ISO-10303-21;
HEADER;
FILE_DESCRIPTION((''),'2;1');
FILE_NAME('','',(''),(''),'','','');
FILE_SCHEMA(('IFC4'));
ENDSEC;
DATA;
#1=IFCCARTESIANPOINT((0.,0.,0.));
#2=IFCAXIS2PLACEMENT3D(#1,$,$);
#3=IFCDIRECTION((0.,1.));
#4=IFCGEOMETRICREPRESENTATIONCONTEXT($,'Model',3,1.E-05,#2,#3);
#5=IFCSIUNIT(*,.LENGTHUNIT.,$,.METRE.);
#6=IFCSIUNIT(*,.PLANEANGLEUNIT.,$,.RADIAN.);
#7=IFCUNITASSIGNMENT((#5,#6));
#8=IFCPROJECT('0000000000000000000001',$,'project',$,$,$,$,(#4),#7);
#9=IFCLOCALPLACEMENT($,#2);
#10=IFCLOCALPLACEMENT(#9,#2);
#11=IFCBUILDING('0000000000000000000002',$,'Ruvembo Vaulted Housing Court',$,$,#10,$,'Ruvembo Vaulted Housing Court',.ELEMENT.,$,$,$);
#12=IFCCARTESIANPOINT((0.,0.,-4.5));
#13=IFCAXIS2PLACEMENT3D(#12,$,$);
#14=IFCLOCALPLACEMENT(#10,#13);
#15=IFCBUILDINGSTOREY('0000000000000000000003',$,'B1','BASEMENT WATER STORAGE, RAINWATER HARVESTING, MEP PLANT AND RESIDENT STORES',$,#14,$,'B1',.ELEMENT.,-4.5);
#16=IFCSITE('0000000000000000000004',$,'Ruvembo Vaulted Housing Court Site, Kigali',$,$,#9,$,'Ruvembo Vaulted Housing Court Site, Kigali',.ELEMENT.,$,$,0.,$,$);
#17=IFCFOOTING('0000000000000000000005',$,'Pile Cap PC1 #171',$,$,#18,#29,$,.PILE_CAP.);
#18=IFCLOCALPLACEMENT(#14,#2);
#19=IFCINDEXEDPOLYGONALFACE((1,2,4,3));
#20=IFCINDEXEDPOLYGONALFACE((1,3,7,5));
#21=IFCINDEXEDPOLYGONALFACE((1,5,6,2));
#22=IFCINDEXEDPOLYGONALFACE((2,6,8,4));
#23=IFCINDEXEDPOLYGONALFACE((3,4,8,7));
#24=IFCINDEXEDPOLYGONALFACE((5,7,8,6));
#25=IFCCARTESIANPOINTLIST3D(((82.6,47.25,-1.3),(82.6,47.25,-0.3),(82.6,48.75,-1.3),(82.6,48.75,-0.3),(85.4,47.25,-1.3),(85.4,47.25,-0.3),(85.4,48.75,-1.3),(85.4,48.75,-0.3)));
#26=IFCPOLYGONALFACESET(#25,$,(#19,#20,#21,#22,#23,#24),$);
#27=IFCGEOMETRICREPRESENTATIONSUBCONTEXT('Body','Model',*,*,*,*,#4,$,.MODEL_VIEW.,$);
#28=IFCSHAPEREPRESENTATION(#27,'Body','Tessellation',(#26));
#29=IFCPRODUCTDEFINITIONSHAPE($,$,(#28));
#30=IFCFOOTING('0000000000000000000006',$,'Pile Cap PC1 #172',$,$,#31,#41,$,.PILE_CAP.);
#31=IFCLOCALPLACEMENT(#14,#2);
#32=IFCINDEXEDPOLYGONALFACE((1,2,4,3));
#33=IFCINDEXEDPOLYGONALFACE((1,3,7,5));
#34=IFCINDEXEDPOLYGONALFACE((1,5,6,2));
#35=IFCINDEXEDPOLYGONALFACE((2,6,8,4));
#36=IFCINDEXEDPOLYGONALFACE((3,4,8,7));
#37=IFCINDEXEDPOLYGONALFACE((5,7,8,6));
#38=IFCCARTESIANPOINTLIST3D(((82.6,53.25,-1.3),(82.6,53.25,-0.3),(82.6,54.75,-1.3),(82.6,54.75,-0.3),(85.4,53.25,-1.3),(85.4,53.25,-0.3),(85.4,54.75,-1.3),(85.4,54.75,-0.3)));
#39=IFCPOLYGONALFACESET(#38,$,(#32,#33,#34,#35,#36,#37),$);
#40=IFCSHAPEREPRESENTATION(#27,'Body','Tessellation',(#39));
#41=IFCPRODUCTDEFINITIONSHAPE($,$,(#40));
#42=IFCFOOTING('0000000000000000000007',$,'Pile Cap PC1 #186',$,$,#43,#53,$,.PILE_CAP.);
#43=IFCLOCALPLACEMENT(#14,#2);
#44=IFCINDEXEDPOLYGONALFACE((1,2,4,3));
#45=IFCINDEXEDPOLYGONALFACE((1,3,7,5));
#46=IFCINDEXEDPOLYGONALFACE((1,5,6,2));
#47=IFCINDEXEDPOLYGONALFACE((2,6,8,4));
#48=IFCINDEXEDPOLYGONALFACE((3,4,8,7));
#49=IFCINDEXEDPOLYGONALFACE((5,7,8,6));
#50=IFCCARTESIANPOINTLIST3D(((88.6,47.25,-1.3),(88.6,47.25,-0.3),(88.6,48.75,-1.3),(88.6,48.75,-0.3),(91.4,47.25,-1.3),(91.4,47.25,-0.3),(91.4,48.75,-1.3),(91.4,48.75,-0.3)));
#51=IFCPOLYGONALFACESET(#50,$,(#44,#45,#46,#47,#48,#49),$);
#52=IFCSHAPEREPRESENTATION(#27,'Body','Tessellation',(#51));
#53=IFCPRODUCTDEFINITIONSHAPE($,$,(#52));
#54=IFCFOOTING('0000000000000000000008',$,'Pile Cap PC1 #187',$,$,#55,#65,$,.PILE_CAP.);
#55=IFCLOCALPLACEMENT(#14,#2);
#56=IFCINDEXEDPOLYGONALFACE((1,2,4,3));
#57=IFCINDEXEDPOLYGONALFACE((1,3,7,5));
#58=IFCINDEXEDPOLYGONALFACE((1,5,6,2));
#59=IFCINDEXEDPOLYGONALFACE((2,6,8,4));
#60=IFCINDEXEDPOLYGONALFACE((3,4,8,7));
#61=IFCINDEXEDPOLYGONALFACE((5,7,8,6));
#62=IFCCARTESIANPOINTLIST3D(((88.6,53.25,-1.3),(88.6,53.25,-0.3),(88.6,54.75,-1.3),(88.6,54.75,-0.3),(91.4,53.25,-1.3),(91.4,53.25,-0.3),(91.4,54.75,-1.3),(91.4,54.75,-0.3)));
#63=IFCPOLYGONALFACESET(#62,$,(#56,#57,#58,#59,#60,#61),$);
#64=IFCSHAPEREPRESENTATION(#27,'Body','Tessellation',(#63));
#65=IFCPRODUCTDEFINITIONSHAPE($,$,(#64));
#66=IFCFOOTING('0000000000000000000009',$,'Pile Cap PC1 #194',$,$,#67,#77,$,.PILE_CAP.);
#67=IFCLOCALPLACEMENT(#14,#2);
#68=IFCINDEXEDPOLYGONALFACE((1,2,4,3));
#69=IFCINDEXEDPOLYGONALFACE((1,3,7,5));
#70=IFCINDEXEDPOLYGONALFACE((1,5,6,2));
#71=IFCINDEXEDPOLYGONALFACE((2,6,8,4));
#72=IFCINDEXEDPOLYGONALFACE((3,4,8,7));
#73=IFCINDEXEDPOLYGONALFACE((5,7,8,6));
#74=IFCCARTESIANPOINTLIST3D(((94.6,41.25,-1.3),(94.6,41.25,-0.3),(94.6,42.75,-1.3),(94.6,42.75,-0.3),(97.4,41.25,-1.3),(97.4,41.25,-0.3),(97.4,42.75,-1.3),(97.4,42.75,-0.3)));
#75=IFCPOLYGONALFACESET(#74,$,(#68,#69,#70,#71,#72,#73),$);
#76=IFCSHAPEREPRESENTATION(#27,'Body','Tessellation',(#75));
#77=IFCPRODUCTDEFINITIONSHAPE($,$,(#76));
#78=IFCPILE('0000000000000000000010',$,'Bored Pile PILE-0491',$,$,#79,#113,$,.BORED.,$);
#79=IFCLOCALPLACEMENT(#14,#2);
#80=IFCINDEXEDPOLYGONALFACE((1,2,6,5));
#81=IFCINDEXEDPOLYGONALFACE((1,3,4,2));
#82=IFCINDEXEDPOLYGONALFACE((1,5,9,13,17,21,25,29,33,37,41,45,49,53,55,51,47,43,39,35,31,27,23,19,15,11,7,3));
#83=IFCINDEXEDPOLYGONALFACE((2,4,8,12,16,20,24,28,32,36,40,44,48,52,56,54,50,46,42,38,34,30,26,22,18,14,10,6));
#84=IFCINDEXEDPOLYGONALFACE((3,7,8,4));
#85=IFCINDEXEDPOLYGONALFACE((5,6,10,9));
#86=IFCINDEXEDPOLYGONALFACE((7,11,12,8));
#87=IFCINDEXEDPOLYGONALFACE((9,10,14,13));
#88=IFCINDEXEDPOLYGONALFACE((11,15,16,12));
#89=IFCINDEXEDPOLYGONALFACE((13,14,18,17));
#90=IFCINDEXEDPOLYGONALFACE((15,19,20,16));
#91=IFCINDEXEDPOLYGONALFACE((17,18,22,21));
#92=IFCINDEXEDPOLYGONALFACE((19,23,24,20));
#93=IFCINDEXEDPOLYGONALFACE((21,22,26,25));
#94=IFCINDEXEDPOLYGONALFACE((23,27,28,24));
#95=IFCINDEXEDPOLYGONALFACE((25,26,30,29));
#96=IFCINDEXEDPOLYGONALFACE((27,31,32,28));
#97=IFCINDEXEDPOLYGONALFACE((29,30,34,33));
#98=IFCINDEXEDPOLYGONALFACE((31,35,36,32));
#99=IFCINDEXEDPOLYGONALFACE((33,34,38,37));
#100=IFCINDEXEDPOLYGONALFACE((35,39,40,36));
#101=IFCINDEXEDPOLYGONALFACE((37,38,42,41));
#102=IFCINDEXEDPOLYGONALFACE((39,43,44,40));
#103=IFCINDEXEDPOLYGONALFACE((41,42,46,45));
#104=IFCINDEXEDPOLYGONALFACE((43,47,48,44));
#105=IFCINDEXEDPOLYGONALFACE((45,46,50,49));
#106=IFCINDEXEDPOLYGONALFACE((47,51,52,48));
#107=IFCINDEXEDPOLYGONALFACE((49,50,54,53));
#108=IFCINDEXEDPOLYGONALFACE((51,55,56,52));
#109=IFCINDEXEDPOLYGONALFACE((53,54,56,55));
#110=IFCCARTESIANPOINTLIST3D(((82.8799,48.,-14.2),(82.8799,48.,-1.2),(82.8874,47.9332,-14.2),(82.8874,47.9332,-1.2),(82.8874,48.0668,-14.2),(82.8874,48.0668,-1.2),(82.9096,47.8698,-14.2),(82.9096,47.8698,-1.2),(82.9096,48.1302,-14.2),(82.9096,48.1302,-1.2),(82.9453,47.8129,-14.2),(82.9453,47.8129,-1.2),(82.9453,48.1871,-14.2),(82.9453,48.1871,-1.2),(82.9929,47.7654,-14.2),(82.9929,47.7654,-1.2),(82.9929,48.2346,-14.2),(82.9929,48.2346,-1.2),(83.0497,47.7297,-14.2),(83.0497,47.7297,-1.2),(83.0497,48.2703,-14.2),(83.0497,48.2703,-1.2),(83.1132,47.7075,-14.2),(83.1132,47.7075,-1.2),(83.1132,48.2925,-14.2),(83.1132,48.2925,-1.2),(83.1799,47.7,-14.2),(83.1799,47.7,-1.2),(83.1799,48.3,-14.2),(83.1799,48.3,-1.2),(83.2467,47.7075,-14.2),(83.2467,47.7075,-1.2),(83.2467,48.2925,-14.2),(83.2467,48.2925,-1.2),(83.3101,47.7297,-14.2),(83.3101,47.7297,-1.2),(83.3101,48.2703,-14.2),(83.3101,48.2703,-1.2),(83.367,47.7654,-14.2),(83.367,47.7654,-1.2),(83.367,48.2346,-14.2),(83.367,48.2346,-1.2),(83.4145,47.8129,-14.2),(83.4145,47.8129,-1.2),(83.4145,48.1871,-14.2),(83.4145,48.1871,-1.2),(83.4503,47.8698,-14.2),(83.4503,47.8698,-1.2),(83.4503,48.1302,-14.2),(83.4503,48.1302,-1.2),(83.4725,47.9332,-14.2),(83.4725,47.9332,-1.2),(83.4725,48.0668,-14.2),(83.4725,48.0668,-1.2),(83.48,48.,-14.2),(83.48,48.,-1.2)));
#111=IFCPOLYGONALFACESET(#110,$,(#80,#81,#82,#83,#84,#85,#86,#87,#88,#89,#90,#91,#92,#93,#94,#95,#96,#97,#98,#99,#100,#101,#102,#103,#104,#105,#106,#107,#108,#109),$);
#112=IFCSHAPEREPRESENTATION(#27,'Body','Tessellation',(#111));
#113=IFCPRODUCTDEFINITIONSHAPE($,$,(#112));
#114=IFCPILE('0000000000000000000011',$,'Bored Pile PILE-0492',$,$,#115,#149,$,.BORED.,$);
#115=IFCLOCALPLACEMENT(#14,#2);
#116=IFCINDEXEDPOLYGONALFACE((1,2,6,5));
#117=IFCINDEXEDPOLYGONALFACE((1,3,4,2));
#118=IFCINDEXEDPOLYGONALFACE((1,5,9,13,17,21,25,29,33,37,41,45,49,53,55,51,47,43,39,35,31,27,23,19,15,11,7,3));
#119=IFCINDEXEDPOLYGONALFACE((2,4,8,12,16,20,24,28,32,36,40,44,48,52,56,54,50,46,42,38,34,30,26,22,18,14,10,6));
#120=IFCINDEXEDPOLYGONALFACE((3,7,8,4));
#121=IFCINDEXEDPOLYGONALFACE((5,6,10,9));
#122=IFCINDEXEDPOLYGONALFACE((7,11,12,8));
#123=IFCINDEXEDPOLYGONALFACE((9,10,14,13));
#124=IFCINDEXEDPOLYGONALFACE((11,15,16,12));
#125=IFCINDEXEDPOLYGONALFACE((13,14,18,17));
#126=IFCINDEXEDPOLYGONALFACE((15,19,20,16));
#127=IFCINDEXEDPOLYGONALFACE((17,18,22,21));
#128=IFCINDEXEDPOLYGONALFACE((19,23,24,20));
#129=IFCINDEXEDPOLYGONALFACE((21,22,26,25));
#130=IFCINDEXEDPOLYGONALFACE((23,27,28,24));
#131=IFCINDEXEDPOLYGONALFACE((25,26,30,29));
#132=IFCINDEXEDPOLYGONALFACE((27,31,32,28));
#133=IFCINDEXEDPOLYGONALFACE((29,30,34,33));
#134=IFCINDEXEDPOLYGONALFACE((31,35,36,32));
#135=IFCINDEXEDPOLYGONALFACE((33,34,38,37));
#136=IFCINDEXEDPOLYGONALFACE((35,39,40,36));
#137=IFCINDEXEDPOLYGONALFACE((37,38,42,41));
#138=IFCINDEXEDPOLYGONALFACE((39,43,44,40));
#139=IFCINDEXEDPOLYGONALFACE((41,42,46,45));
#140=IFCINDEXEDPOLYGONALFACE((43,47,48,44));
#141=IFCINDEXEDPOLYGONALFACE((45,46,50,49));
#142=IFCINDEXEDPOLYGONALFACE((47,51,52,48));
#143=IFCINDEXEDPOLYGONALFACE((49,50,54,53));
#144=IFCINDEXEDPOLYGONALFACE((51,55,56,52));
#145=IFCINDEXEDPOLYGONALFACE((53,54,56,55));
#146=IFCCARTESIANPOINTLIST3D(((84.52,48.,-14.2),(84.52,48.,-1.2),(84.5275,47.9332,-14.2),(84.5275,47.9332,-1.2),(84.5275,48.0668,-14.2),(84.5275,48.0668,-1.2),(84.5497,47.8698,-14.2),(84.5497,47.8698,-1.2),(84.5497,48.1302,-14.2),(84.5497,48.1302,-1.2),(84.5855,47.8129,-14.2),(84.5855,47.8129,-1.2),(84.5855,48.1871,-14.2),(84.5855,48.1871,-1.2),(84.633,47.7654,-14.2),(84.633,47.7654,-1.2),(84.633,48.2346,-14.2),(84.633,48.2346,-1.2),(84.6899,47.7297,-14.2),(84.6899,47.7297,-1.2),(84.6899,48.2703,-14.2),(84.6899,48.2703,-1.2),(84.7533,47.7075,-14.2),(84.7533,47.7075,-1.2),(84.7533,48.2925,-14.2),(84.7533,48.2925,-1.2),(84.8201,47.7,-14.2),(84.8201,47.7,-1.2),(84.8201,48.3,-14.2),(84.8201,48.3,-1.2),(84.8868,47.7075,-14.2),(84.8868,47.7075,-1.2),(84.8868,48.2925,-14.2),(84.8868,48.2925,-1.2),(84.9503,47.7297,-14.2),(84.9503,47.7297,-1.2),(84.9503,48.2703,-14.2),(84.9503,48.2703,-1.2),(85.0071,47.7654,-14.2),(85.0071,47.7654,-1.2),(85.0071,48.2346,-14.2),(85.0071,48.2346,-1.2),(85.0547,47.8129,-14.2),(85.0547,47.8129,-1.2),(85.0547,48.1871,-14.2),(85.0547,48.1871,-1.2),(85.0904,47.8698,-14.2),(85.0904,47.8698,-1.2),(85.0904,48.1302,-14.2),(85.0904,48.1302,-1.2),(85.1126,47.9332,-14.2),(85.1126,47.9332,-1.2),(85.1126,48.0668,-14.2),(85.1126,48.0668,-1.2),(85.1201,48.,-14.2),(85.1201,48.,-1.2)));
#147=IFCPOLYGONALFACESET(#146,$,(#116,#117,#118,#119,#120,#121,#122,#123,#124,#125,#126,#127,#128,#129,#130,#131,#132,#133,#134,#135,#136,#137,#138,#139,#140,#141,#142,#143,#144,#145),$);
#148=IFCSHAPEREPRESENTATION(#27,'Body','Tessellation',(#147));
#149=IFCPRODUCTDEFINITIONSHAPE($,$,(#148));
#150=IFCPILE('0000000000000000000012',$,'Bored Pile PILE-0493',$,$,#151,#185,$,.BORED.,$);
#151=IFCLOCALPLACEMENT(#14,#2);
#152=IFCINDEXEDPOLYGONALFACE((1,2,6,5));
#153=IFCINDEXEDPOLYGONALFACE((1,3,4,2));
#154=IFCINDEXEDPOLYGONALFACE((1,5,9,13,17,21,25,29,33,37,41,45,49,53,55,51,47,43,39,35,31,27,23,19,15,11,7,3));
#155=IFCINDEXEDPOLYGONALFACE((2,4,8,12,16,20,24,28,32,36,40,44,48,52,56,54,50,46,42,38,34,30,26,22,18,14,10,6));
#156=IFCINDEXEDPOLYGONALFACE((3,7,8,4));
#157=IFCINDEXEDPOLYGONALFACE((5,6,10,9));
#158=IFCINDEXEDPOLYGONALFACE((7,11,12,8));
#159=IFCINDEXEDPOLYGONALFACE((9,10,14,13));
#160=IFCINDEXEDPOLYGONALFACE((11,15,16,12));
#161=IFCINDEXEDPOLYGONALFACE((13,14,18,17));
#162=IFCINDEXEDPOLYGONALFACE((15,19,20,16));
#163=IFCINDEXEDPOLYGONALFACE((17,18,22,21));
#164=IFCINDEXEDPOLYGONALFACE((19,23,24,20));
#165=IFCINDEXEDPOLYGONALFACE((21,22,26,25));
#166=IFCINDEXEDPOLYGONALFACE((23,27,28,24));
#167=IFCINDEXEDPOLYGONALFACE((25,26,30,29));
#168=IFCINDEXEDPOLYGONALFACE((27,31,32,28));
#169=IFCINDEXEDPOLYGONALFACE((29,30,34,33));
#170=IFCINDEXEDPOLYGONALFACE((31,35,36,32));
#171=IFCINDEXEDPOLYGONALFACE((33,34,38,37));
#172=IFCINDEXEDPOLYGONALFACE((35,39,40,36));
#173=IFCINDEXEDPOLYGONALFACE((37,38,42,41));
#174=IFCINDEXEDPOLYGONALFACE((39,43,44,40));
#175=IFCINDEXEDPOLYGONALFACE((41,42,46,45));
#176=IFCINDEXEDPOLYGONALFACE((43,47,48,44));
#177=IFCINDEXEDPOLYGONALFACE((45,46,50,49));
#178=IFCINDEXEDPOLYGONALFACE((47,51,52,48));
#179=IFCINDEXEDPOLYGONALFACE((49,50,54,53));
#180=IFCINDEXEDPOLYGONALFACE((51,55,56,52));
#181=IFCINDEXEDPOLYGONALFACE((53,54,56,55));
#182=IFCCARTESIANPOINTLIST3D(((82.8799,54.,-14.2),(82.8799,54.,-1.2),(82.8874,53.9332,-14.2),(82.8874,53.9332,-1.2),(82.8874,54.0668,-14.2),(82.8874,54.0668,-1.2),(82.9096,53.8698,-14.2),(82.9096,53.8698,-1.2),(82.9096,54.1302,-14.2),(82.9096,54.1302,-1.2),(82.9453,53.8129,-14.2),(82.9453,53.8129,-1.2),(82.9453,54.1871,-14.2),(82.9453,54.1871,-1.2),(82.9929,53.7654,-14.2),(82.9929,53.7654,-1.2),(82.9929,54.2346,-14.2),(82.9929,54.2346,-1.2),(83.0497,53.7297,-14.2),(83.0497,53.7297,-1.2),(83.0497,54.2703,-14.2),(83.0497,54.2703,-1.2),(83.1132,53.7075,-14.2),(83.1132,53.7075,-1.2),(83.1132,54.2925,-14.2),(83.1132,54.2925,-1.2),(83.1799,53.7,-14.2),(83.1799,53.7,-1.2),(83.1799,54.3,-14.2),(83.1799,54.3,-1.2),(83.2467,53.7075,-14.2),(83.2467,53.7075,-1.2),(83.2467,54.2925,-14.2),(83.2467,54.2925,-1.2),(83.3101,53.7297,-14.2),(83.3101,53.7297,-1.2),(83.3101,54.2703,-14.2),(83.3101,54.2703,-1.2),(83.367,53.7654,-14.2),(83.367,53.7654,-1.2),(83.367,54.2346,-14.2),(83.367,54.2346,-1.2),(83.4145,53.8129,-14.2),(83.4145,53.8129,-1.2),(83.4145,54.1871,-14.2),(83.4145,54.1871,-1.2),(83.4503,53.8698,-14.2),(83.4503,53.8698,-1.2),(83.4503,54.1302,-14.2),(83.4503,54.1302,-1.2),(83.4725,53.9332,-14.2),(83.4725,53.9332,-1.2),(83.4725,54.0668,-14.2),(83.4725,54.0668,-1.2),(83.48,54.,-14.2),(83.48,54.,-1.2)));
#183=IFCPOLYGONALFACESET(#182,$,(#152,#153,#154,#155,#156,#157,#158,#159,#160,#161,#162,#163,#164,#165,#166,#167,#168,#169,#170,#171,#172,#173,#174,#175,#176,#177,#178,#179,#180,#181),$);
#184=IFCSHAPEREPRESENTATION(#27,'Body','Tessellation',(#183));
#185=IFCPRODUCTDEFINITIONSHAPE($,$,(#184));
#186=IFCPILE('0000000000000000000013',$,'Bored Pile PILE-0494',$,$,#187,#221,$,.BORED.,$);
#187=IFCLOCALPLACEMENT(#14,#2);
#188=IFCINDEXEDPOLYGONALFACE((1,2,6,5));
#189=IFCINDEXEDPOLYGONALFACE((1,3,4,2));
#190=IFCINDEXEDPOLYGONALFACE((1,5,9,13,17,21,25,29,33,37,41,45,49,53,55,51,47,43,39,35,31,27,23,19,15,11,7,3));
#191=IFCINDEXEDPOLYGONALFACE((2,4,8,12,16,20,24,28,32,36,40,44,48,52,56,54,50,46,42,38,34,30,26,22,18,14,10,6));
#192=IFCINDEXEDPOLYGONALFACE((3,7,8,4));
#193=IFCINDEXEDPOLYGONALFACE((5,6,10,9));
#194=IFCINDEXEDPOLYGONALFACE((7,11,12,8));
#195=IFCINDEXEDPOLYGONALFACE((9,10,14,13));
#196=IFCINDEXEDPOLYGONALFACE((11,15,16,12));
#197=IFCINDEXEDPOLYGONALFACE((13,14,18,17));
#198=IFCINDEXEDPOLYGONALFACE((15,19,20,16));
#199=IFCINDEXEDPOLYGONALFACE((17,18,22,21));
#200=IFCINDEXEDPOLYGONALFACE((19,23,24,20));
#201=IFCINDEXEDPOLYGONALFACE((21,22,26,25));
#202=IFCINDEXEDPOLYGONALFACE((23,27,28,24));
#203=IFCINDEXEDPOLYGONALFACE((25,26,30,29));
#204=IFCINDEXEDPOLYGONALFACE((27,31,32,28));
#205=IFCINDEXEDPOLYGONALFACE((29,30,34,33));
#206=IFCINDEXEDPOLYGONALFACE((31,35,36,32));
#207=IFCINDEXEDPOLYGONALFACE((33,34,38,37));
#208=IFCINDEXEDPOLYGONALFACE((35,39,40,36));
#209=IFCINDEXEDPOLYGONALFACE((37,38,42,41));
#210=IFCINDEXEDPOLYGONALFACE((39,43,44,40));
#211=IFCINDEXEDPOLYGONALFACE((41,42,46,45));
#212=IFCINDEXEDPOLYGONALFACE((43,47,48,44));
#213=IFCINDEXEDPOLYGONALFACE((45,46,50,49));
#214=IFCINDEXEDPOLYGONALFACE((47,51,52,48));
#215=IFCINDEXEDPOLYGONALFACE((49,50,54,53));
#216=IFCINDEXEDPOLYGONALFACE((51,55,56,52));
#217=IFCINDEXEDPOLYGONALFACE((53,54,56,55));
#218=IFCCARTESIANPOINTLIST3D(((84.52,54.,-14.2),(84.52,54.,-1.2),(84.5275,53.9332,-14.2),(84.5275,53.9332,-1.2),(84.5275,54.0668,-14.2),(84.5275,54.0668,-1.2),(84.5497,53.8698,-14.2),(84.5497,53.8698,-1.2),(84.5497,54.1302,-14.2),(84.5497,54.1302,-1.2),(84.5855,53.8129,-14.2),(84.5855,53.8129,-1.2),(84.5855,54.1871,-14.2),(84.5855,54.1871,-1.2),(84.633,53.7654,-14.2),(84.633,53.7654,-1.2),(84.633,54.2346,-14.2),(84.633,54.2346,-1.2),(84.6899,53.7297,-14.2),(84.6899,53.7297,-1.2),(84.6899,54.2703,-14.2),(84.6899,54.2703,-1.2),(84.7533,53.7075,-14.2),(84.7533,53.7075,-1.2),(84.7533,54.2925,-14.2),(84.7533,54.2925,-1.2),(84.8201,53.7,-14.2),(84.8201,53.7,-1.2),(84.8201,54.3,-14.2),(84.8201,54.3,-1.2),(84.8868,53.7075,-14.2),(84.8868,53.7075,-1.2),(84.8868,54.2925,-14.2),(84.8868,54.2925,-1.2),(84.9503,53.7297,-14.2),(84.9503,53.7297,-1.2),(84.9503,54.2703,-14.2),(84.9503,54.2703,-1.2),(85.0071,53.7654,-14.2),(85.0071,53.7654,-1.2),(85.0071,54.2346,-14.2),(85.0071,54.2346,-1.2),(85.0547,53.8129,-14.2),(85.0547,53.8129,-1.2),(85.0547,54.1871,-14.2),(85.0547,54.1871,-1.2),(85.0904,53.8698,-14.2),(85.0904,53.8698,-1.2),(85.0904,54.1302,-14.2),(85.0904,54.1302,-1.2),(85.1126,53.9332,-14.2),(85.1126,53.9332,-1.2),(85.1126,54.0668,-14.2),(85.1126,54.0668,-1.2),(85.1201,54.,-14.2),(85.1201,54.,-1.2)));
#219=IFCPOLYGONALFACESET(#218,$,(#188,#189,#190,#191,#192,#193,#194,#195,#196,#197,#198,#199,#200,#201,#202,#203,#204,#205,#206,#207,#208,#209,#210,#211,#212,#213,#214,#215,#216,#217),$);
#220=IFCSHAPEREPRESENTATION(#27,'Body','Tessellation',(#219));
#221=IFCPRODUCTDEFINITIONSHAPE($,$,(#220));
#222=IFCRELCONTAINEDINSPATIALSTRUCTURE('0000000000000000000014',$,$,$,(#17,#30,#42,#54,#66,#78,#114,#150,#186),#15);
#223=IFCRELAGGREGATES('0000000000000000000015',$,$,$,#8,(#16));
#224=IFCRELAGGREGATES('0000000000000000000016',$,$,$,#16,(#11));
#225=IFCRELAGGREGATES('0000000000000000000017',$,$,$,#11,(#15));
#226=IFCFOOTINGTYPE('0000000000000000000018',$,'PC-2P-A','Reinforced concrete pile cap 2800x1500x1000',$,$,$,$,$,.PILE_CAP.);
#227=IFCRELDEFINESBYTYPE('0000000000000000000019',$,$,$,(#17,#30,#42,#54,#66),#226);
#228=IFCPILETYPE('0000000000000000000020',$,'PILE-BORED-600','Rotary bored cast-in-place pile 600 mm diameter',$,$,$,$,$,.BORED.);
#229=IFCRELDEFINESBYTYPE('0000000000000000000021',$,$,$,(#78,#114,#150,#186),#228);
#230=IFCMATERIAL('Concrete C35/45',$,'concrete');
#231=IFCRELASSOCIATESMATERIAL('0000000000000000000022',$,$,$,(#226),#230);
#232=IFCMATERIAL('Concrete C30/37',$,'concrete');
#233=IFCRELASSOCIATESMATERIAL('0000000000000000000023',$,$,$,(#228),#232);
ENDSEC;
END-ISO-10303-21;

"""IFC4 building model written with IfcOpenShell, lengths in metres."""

from ifc_helpers import new_model, si_unit, direction, frame, origin, origin_2d, place, context, subcontext, project, spatial, rectangle, circle, extrude, material, material_profile, profile_set, type_object, element, save


model = new_model("IFC4")

# Units and contexts
model_context = context("Model", 3, precision=1e-05, world=origin(), true_north=direction((0.0, 1.0)))
body_context = subcontext(model_context, "Body", "Model", "MODEL_VIEW")
ifc_project = project(units=[si_unit("LENGTHUNIT", "METRE"), si_unit("PLANEANGLEUNIT", "RADIAN")], contexts=[model_context])

# Site, building, storey
site_placement = place(None, origin())
site = spatial("IfcSite", under=ifc_project, at=site_placement, Name="Ruvembo Vaulted Housing Court Site, Kigali", LongName="Ruvembo Vaulted Housing Court Site, Kigali", CompositionType="ELEMENT", RefElevation=0.0)
building_placement = place(site_placement, origin())
building = spatial("IfcBuilding", under=site, at=building_placement, Name="Ruvembo Vaulted Housing Court", LongName="Ruvembo Vaulted Housing Court", CompositionType="ELEMENT")
storey_placement = place(building_placement, frame((0.0, 0.0, -4.5)))
storey = spatial("IfcBuildingStorey", under=building, at=storey_placement, Name="B1", Description="BASEMENT WATER STORAGE, RAINWATER HARVESTING, MEP PLANT AND RESIDENT STORES", LongName="B1", CompositionType="ELEMENT", Elevation=-4.5)

# Footings
ifc_material_1 = material(Name="Concrete C35/45", Category="concrete")
footing_type = type_object("IfcFootingType", Name="PC-2P-A", Description="Reinforced concrete pile cap 2800x1500x1000", PredefinedType="PILE_CAP", material=ifc_material_1)
for number, where, z_axis, x_axis, name in (
    (1, (84.0, 48.0, -1.3), (0.0, 0.0, 1.0), (1.0, 0.0, 0.0), "Pile Cap PC1 #171"),
    (2, (84.0, 54.0, -1.3), (0.0, 0.0, 1.0), (1.0, 0.0, 0.0), "Pile Cap PC1 #172"),
    (3, (90.0, 48.0, -1.3), (0.0, 0.0, 1.0), (1.0, 0.0, 0.0), "Pile Cap PC1 #186"),
    (4, (90.0, 54.0, -1.3), (0.0, 0.0, 1.0), (1.0, 0.0, 0.0), "Pile Cap PC1 #187"),
    (5, (96.0, 42.0, -1.3), (0.0, 0.0, 1.0), (1.0, 0.0, 0.0), "Pile Cap PC1 #194"),
):
    element("IfcFooting", number, at=place(storey_placement, frame(where, z_axis=z_axis, x_axis=x_axis)), inside=storey, type_object=footing_type, Name=name, PredefinedType="PILE_CAP", context=body_context, shape_type="SweptSolid", body=[
        extrude(rectangle(XDim=2.8, YDim=1.5, at=origin_2d()), origin(), (0.0, 0.0, 1.0), 1.0),
    ])

# Piles
ifc_material_2 = material(Name="Concrete C30/37", Category="concrete")
ifc_material_profile_1 = material_profile(ifc_material_2, circle(Radius=0.3, at=origin_2d()), Name="PILE D600")
ifc_profile_set_1 = profile_set([ifc_material_profile_1], Name="Concrete C30/37")
pile_type = type_object("IfcPileType", Name="PILE-BORED-600", Description="Rotary bored cast-in-place pile 600 mm diameter", PredefinedType="BORED", material=ifc_profile_set_1)
for number, where, z_axis, x_axis, name in (
    (6, (83.1799, 48.0, -1.2), (0.0, 0.0, -1.0), (1.0, 0.0, 0.0), "Bored Pile PILE-0491"),
    (7, (84.8201, 48.0, -1.2), (0.0, 0.0, -1.0), (1.0, 0.0, 0.0), "Bored Pile PILE-0492"),
    (8, (83.1799, 54.0, -1.2), (0.0, 0.0, -1.0), (1.0, 0.0, 0.0), "Bored Pile PILE-0493"),
    (9, (84.8201, 54.0, -1.2), (0.0, 0.0, -1.0), (1.0, 0.0, 0.0), "Bored Pile PILE-0494"),
):
    element("IfcPile", number, at=place(storey_placement, frame(where, z_axis=z_axis, x_axis=x_axis)), inside=storey, type_object=pile_type, Name=name, PredefinedType="BORED", context=body_context, shape_type="SweptSolid", body=[
        extrude(circle(Radius=0.3, at=origin_2d()), origin(), (0.0, 0.0, 1.0), 13.0),
    ])

save(model, "model.ifc")
